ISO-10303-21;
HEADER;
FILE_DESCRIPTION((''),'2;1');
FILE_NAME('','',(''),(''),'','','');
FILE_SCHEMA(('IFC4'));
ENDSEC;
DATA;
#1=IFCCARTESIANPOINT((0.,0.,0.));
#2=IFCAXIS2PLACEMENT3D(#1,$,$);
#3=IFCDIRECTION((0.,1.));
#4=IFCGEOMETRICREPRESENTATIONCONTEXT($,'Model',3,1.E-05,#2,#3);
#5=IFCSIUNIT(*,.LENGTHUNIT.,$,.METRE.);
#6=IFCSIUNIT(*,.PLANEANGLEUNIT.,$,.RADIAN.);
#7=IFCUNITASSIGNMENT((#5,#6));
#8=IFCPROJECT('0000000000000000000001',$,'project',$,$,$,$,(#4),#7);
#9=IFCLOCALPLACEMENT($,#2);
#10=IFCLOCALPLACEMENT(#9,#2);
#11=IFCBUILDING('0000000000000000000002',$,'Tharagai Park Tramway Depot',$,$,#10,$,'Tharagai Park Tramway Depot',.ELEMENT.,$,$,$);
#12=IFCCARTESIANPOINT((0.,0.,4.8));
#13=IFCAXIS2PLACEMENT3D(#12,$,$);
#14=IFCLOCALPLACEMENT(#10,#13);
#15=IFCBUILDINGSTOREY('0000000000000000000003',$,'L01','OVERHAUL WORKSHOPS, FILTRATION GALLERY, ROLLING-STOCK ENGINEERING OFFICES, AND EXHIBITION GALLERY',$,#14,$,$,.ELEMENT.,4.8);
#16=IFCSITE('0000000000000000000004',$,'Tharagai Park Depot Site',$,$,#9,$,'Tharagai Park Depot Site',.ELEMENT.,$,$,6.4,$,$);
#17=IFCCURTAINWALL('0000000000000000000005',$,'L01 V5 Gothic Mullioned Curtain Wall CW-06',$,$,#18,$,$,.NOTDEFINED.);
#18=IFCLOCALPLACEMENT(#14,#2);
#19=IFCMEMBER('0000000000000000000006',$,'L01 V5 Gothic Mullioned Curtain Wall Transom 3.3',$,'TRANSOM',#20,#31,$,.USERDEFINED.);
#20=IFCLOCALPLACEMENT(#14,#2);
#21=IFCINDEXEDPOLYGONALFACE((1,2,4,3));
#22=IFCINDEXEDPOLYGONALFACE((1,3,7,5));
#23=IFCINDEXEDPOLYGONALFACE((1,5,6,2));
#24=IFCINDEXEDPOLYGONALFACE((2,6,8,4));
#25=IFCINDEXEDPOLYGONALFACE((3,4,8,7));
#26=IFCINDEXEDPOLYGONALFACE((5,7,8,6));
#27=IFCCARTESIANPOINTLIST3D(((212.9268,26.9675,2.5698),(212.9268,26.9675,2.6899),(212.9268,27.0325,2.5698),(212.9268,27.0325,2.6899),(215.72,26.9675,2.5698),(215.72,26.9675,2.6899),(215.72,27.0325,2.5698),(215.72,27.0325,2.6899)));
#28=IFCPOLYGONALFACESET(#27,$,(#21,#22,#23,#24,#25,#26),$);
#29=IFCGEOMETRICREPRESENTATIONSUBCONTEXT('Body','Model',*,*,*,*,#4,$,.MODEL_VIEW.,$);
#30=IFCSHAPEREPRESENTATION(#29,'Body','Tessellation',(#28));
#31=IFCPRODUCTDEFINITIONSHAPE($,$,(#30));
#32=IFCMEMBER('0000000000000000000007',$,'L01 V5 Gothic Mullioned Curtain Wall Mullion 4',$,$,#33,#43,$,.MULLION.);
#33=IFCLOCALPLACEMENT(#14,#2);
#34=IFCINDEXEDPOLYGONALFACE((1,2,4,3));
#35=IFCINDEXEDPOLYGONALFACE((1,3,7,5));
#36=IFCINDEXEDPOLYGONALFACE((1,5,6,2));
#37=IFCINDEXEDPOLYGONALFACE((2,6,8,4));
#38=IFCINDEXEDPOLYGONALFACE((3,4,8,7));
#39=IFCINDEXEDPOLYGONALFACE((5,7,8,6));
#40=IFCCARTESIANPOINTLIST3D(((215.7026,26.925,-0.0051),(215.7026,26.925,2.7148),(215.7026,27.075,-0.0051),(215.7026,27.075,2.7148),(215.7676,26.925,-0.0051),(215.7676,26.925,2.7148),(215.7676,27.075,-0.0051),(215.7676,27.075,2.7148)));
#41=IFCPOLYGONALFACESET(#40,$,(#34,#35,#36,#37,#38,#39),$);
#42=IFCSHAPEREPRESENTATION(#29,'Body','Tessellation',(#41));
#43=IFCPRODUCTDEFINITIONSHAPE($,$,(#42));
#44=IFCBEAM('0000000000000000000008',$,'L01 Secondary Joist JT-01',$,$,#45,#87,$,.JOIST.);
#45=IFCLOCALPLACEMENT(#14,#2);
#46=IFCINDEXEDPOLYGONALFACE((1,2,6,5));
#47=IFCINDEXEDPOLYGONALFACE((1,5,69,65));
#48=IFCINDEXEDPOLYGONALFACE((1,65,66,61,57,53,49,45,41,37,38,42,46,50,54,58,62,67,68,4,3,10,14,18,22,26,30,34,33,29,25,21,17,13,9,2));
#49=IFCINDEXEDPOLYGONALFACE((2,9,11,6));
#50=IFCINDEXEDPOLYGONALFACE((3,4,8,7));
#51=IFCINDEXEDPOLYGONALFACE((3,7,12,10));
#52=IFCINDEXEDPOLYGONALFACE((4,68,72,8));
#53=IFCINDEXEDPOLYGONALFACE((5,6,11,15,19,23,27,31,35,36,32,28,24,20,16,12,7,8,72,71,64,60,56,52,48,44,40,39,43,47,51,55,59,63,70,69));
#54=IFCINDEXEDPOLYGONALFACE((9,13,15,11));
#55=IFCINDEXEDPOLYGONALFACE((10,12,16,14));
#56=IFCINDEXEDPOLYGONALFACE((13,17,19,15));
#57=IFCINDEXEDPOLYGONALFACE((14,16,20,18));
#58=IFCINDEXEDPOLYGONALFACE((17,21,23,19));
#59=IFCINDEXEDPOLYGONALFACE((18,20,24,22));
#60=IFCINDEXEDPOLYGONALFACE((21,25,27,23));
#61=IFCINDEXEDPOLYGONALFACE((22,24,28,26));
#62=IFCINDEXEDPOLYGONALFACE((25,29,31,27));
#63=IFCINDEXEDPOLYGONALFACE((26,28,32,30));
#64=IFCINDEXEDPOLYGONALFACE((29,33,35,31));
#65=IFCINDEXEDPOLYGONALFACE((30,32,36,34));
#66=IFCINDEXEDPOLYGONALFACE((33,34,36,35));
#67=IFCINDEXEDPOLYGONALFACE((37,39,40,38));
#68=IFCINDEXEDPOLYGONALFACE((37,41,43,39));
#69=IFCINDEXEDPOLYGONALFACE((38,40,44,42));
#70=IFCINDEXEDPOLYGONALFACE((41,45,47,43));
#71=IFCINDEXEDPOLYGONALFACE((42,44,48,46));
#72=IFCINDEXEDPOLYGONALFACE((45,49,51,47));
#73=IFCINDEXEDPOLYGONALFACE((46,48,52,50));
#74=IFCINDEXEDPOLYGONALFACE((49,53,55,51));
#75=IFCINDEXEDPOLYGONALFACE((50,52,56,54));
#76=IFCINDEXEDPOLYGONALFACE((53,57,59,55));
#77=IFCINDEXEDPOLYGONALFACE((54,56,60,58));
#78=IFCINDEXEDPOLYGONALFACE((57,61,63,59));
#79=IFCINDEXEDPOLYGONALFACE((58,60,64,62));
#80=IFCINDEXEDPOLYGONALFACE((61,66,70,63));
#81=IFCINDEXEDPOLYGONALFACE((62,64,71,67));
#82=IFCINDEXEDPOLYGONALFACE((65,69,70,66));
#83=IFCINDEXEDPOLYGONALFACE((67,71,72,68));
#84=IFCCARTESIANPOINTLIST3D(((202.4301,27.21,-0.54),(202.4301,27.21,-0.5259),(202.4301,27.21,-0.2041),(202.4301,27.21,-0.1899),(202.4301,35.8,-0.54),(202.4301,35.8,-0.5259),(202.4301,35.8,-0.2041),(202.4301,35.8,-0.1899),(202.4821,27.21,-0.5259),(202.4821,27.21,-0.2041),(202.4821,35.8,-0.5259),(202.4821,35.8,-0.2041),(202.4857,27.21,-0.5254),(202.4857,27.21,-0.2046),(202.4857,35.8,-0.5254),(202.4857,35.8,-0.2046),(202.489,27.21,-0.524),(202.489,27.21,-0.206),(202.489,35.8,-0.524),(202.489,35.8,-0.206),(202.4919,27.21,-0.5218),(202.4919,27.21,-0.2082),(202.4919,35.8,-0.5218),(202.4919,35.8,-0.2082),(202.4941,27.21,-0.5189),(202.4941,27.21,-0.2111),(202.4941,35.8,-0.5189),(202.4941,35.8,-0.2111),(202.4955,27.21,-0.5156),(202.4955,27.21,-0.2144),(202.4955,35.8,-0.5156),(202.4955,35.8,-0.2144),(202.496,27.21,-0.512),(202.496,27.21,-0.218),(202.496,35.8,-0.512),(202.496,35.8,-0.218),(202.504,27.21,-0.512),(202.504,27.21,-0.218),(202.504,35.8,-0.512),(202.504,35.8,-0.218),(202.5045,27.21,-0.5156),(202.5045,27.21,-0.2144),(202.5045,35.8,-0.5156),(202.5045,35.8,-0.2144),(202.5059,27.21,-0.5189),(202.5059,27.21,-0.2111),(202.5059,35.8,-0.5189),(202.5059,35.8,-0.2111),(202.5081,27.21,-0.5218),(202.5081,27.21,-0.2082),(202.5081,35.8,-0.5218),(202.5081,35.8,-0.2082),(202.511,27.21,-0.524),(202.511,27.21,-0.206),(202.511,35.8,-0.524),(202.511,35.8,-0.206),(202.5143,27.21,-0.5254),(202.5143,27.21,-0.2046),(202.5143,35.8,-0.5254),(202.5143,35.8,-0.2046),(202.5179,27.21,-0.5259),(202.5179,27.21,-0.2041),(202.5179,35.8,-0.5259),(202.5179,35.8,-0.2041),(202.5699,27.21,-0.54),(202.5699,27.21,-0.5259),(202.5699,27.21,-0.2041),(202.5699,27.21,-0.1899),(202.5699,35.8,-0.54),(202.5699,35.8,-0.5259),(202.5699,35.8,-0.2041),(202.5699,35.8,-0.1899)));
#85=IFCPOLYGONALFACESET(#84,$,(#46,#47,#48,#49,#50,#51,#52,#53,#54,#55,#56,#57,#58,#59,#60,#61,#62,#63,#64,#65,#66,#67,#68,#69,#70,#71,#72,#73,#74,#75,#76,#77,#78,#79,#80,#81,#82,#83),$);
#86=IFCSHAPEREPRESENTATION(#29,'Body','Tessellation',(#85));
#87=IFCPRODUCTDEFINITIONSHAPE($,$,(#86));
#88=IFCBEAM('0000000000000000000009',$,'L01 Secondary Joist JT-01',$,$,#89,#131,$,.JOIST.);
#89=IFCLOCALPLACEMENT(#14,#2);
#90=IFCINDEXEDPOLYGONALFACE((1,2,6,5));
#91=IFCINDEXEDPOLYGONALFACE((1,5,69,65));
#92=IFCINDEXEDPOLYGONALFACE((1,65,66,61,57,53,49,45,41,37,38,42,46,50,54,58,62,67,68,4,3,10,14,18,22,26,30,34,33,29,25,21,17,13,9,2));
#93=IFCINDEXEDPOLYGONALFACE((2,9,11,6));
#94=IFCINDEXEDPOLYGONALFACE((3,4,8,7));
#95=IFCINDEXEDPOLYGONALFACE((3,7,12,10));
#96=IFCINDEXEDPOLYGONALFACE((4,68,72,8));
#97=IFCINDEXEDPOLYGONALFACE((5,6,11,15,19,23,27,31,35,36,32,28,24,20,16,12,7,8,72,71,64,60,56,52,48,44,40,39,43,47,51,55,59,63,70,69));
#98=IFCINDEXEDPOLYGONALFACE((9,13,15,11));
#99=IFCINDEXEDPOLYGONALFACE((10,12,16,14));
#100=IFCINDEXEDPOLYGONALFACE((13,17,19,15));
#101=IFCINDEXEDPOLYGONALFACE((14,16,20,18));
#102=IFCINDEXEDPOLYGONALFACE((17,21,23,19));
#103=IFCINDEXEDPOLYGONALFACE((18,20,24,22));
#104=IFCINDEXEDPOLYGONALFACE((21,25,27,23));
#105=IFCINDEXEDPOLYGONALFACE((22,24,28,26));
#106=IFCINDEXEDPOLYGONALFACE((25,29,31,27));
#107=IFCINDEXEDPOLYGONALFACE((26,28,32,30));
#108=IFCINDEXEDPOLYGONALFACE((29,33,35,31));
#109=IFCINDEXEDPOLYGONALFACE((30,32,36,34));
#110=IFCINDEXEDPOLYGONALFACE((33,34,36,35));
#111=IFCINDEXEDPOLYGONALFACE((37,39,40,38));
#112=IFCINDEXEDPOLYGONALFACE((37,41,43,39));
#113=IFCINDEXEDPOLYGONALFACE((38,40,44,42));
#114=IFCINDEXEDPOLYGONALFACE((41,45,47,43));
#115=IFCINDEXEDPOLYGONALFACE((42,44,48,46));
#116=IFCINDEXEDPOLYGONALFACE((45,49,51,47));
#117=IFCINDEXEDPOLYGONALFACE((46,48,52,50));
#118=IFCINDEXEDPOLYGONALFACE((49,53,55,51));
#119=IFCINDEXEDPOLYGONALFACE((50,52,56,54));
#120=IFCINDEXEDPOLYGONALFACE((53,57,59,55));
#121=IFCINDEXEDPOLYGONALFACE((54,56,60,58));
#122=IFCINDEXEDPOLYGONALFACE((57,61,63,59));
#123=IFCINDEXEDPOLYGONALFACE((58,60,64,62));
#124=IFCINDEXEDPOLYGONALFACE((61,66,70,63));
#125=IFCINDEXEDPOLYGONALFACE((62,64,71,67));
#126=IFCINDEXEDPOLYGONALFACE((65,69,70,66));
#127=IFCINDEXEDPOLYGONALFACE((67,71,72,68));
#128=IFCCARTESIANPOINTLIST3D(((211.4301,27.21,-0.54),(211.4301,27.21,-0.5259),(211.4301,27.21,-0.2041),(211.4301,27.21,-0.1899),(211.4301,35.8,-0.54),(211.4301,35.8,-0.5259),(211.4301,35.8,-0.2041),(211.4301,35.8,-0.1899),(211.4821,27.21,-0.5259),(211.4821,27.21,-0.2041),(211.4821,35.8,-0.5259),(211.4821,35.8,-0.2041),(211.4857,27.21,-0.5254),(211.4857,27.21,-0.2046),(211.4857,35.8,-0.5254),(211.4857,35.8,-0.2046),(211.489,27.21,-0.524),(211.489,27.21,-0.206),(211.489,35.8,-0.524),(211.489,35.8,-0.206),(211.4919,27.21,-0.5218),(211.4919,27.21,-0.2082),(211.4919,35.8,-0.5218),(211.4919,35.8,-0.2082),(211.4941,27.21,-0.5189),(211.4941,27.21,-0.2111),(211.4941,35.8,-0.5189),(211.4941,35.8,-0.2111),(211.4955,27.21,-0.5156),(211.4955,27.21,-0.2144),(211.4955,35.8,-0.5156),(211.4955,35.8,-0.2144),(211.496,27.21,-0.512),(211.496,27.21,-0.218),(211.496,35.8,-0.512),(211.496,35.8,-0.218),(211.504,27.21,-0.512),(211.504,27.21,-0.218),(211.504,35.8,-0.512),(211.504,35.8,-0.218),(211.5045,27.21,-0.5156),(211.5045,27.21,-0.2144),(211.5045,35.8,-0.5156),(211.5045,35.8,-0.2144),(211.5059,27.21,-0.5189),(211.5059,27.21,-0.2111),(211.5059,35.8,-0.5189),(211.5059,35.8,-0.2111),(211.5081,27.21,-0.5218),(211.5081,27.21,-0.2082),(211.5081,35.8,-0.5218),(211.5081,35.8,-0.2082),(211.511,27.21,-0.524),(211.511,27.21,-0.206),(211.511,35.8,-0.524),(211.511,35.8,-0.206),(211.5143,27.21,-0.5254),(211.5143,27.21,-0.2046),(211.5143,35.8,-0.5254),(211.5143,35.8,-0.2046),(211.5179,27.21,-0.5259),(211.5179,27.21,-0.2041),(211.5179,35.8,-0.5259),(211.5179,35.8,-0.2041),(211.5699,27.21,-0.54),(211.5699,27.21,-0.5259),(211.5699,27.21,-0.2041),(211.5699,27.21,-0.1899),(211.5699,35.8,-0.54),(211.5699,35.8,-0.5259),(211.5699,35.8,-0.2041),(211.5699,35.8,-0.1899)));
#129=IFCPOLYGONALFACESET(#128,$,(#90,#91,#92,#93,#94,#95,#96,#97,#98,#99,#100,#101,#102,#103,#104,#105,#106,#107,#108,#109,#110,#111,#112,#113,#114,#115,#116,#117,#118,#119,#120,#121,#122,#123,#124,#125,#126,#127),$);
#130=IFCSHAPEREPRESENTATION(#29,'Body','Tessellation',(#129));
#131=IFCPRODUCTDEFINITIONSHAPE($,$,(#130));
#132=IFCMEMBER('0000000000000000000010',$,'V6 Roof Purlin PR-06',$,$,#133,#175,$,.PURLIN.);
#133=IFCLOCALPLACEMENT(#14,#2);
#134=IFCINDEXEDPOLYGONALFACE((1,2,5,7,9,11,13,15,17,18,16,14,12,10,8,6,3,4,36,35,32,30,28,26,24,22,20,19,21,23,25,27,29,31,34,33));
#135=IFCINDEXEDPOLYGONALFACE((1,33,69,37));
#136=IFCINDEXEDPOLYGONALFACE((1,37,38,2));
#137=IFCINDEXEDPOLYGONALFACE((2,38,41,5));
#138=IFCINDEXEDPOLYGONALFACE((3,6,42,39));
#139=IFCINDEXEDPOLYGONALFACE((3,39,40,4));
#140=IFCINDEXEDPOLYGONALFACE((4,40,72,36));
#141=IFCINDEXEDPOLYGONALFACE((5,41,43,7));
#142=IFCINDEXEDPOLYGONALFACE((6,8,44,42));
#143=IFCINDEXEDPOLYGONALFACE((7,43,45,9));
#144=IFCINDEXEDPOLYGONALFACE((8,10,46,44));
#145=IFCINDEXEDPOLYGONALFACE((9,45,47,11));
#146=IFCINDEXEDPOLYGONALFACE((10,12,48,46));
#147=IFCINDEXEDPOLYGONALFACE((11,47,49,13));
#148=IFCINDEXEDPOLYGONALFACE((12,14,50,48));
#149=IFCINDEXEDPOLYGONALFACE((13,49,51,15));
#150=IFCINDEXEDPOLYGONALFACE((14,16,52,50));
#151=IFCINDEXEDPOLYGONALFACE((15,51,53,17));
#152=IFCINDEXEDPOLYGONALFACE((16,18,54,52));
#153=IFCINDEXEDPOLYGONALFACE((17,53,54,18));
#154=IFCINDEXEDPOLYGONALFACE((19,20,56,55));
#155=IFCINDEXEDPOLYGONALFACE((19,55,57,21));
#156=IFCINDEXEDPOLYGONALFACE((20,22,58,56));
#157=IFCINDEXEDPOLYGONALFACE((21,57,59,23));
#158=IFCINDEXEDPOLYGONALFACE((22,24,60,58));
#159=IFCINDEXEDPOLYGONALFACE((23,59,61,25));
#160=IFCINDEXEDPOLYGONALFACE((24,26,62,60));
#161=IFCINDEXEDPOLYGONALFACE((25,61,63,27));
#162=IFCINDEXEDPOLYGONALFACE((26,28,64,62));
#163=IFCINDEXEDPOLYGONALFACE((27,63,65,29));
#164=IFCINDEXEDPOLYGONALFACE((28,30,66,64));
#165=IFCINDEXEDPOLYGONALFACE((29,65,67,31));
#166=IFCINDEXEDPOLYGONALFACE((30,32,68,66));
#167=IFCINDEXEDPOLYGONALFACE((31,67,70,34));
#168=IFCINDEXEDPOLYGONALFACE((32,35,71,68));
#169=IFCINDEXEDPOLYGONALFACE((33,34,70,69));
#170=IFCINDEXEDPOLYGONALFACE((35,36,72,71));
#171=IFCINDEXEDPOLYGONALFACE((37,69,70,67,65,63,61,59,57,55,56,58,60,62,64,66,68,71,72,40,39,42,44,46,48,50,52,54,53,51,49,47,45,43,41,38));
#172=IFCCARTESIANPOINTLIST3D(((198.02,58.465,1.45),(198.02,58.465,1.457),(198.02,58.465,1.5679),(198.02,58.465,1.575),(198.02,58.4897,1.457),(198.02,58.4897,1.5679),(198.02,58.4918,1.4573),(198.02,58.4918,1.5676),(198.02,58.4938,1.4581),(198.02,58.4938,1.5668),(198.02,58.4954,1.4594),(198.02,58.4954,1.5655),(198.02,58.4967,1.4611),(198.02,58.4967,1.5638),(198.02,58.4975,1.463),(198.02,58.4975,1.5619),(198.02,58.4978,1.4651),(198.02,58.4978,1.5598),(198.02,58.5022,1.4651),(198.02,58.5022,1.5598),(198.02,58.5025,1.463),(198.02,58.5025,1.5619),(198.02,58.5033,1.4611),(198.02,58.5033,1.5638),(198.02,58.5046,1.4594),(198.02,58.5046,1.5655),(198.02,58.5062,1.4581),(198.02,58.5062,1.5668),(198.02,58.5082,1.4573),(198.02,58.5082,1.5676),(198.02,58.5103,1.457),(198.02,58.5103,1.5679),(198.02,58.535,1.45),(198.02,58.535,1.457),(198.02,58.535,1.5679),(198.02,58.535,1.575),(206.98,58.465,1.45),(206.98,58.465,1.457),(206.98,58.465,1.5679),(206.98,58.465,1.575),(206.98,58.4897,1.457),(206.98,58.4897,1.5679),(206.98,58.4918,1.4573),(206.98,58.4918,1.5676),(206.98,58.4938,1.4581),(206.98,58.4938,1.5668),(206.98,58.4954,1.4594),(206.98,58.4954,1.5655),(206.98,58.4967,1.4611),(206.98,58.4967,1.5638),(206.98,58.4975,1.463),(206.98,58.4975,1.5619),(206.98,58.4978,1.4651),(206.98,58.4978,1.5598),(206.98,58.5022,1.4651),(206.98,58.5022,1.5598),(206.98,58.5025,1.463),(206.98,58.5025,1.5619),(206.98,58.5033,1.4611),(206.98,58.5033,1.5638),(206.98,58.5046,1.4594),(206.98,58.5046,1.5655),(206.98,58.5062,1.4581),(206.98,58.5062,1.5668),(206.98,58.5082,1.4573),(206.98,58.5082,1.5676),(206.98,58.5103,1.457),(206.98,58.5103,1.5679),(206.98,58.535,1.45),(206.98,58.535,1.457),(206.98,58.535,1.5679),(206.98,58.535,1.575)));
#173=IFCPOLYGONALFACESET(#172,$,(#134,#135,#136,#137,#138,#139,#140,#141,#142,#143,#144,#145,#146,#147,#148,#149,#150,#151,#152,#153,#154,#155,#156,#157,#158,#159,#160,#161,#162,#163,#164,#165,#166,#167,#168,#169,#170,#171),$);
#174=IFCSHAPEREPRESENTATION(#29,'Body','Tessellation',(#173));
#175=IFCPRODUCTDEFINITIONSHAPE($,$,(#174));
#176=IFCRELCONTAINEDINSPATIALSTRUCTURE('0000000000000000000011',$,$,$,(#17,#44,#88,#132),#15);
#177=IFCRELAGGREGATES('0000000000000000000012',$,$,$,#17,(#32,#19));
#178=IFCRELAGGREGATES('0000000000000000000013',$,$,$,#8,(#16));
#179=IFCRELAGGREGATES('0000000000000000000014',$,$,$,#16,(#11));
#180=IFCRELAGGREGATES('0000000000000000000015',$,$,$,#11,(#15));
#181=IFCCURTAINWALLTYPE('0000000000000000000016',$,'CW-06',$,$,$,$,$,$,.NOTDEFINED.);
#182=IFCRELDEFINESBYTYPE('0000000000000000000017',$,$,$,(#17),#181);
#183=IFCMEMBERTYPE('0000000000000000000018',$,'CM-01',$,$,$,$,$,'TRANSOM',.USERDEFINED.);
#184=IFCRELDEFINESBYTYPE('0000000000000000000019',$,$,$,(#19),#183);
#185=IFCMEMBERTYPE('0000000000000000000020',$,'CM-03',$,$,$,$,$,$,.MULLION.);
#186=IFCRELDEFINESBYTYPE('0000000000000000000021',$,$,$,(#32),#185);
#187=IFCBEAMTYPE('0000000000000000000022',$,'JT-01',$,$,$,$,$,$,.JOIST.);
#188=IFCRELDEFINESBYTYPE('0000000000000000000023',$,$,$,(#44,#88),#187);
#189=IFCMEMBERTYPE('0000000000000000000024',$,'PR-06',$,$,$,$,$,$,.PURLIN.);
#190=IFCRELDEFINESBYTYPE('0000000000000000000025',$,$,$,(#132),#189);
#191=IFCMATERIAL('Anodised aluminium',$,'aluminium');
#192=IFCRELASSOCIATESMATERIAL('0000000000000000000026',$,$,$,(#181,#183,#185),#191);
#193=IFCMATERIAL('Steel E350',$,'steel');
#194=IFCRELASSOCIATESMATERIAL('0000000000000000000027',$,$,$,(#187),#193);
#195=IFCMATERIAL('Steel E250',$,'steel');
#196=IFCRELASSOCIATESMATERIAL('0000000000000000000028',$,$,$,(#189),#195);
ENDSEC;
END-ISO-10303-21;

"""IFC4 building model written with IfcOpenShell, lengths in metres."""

from ifc_helpers import new_model, si_unit, direction, frame, origin, origin_2d, place, context, subcontext, project, spatial, rectangle, i_section, extrude, material, material_profile, profile_set, type_object, element, aggregate, save


model = new_model("IFC4")

# Units and contexts
model_context = context("Model", 3, precision=1e-05, world=origin(), true_north=direction((0.0, 1.0)))
body_context = subcontext(model_context, "Body", "Model", "MODEL_VIEW")
ifc_project = project(units=[si_unit("LENGTHUNIT", "METRE"), si_unit("PLANEANGLEUNIT", "RADIAN")], contexts=[model_context])

# Site, building, storey
site_placement = place(None, origin())
site = spatial("IfcSite", under=ifc_project, at=site_placement, Name="Tharagai Park Depot Site", LongName="Tharagai Park Depot Site", CompositionType="ELEMENT", RefElevation=6.4)
building_placement = place(site_placement, origin())
building = spatial("IfcBuilding", under=site, at=building_placement, Name="Tharagai Park Tramway Depot", LongName="Tharagai Park Tramway Depot", CompositionType="ELEMENT")
storey_placement = place(building_placement, frame((0.0, 0.0, 4.8)))
storey = spatial("IfcBuildingStorey", under=building, at=storey_placement, Name="L01", Description="OVERHAUL WORKSHOPS, FILTRATION GALLERY, ROLLING-STOCK ENGINEERING OFFICES, AND EXHIBITION GALLERY", CompositionType="ELEMENT", Elevation=4.8)

# Shared definitions
ifc_material_1 = material(Name="Steel E350", Category="steel")

# Curtain wall, members
ifc_material_2 = material(Name="Anodised aluminium", Category="aluminium")
curtain_wall_type = type_object("IfcCurtainWallType", Name="CW-06", PredefinedType="NOTDEFINED", material=ifc_material_2)
curtain_wall_placement = place(storey_placement, origin())
curtain_wall = element("IfcCurtainWall", 1, at=curtain_wall_placement, inside=storey, type_object=curtain_wall_type, Name="L01 V5 Gothic Mullioned Curtain Wall CW-06", PredefinedType="NOTDEFINED")
ifc_material_profile_1 = material_profile(ifc_material_2, rectangle(XDim=0.0649, YDim=0.1201, at=origin_2d()), Name="ALU 65x120")
ifc_profile_set_1 = profile_set([ifc_material_profile_1], Name="Anodised aluminium")
member_type_1 = type_object("IfcMemberType", Name="CM-01", ElementType="TRANSOM", PredefinedType="USERDEFINED", material=ifc_profile_set_1)
member_1_placement = place(storey_placement, frame((212.9268, 27.0, 2.6299), z_axis=(1.0, 0.0, 0.0), x_axis=(0.0, 1.0, 0.0)))
member_1 = element("IfcMember", 2, at=member_1_placement, type_object=member_type_1, Name="L01 V5 Gothic Mullioned Curtain Wall Transom 3.3", ObjectType="TRANSOM", PredefinedType="USERDEFINED", context=body_context, shape_type="SweptSolid", body=[
    extrude(rectangle(XDim=0.0649, YDim=0.1201, at=origin_2d()), origin(), (0.0, 0.0, 1.0), 2.7932),
])
ifc_material_profile_2 = material_profile(ifc_material_2, rectangle(XDim=0.0649, YDim=0.1499, at=origin_2d()), Name="ALU 65x150")
ifc_profile_set_2 = profile_set([ifc_material_profile_2], Name="Anodised aluminium")
member_type_2 = type_object("IfcMemberType", Name="CM-03", PredefinedType="MULLION", material=ifc_profile_set_2)
member_2_placement = place(storey_placement, frame((215.7351, 27.0, -0.0051), z_axis=(0.0, 0.0, 1.0), x_axis=(1.0, 0.0, 0.0)))
member_2 = element("IfcMember", 3, at=member_2_placement, type_object=member_type_2, Name="L01 V5 Gothic Mullioned Curtain Wall Mullion 4", PredefinedType="MULLION", context=body_context, shape_type="SweptSolid", body=[
    extrude(rectangle(XDim=0.0649, YDim=0.1499, at=origin_2d()), origin(), (0.0, 0.0, 1.0), 2.72),
])

# Beams
ifc_material_profile_3 = material_profile(ifc_material_1, i_section(OverallWidth=0.1399, OverallDepth=0.3501, WebThickness=0.0081, FlangeThickness=0.0142, FilletRadius=0.0139, at=origin_2d()), Name="ISMB 350")
ifc_profile_set_3 = profile_set([ifc_material_profile_3], Name="Steel E350")
beam_type_1 = type_object("IfcBeamType", Name="JT-01", PredefinedType="JOIST", material=ifc_profile_set_3)
for number, where, z_axis, x_axis, name in (
    (4, (202.5, 27.21, -0.365), (0.0, 1.0, 0.0), (-1.0, 0.0, 0.0), "L01 Secondary Joist JT-01"),
    (5, (211.5, 27.21, -0.365), (0.0, 1.0, 0.0), (-1.0, 0.0, 0.0), "L01 Secondary Joist JT-01"),
):
    element("IfcBeam", number, at=place(storey_placement, frame(where, z_axis=z_axis, x_axis=x_axis)), inside=storey, type_object=beam_type_1, Name=name, PredefinedType="JOIST", context=body_context, shape_type="SweptSolid", body=[
        extrude(i_section(OverallWidth=0.1399, OverallDepth=0.3501, WebThickness=0.0081, FlangeThickness=0.0142, FilletRadius=0.0139, at=origin_2d()), origin(), (0.0, 0.0, 1.0), 8.5901),
    ])

# Member
ifc_material_3 = material(Name="Steel E250", Category="steel")
ifc_material_profile_4 = material_profile(ifc_material_3, i_section(OverallWidth=0.0701, OverallDepth=0.125, WebThickness=0.0044, FlangeThickness=0.0071, FilletRadius=0.0081, at=origin_2d()), Name="ISMB 125")
ifc_profile_set_4 = profile_set([ifc_material_profile_4], Name="Steel E250")
member_type_3 = type_object("IfcMemberType", Name="PR-06", PredefinedType="PURLIN", material=ifc_profile_set_4)
for number, where, z_axis, x_axis, name in (
    (6, (198.02, 58.5, 1.5125), (1.0, 0.0, 0.0), (0.0, 1.0, 0.0), "V6 Roof Purlin PR-06"),
):
    element("IfcMember", number, at=place(storey_placement, frame(where, z_axis=z_axis, x_axis=x_axis)), inside=storey, type_object=member_type_3, Name=name, PredefinedType="PURLIN", context=body_context, shape_type="SweptSolid", body=[
        extrude(i_section(OverallWidth=0.0701, OverallDepth=0.125, WebThickness=0.0044, FlangeThickness=0.0071, FilletRadius=0.0081, at=origin_2d()), origin(), (0.0, 0.0, 1.0), 8.96),
    ])

aggregate(curtain_wall, [member_2, member_1])

save(model, "model.ifc")
